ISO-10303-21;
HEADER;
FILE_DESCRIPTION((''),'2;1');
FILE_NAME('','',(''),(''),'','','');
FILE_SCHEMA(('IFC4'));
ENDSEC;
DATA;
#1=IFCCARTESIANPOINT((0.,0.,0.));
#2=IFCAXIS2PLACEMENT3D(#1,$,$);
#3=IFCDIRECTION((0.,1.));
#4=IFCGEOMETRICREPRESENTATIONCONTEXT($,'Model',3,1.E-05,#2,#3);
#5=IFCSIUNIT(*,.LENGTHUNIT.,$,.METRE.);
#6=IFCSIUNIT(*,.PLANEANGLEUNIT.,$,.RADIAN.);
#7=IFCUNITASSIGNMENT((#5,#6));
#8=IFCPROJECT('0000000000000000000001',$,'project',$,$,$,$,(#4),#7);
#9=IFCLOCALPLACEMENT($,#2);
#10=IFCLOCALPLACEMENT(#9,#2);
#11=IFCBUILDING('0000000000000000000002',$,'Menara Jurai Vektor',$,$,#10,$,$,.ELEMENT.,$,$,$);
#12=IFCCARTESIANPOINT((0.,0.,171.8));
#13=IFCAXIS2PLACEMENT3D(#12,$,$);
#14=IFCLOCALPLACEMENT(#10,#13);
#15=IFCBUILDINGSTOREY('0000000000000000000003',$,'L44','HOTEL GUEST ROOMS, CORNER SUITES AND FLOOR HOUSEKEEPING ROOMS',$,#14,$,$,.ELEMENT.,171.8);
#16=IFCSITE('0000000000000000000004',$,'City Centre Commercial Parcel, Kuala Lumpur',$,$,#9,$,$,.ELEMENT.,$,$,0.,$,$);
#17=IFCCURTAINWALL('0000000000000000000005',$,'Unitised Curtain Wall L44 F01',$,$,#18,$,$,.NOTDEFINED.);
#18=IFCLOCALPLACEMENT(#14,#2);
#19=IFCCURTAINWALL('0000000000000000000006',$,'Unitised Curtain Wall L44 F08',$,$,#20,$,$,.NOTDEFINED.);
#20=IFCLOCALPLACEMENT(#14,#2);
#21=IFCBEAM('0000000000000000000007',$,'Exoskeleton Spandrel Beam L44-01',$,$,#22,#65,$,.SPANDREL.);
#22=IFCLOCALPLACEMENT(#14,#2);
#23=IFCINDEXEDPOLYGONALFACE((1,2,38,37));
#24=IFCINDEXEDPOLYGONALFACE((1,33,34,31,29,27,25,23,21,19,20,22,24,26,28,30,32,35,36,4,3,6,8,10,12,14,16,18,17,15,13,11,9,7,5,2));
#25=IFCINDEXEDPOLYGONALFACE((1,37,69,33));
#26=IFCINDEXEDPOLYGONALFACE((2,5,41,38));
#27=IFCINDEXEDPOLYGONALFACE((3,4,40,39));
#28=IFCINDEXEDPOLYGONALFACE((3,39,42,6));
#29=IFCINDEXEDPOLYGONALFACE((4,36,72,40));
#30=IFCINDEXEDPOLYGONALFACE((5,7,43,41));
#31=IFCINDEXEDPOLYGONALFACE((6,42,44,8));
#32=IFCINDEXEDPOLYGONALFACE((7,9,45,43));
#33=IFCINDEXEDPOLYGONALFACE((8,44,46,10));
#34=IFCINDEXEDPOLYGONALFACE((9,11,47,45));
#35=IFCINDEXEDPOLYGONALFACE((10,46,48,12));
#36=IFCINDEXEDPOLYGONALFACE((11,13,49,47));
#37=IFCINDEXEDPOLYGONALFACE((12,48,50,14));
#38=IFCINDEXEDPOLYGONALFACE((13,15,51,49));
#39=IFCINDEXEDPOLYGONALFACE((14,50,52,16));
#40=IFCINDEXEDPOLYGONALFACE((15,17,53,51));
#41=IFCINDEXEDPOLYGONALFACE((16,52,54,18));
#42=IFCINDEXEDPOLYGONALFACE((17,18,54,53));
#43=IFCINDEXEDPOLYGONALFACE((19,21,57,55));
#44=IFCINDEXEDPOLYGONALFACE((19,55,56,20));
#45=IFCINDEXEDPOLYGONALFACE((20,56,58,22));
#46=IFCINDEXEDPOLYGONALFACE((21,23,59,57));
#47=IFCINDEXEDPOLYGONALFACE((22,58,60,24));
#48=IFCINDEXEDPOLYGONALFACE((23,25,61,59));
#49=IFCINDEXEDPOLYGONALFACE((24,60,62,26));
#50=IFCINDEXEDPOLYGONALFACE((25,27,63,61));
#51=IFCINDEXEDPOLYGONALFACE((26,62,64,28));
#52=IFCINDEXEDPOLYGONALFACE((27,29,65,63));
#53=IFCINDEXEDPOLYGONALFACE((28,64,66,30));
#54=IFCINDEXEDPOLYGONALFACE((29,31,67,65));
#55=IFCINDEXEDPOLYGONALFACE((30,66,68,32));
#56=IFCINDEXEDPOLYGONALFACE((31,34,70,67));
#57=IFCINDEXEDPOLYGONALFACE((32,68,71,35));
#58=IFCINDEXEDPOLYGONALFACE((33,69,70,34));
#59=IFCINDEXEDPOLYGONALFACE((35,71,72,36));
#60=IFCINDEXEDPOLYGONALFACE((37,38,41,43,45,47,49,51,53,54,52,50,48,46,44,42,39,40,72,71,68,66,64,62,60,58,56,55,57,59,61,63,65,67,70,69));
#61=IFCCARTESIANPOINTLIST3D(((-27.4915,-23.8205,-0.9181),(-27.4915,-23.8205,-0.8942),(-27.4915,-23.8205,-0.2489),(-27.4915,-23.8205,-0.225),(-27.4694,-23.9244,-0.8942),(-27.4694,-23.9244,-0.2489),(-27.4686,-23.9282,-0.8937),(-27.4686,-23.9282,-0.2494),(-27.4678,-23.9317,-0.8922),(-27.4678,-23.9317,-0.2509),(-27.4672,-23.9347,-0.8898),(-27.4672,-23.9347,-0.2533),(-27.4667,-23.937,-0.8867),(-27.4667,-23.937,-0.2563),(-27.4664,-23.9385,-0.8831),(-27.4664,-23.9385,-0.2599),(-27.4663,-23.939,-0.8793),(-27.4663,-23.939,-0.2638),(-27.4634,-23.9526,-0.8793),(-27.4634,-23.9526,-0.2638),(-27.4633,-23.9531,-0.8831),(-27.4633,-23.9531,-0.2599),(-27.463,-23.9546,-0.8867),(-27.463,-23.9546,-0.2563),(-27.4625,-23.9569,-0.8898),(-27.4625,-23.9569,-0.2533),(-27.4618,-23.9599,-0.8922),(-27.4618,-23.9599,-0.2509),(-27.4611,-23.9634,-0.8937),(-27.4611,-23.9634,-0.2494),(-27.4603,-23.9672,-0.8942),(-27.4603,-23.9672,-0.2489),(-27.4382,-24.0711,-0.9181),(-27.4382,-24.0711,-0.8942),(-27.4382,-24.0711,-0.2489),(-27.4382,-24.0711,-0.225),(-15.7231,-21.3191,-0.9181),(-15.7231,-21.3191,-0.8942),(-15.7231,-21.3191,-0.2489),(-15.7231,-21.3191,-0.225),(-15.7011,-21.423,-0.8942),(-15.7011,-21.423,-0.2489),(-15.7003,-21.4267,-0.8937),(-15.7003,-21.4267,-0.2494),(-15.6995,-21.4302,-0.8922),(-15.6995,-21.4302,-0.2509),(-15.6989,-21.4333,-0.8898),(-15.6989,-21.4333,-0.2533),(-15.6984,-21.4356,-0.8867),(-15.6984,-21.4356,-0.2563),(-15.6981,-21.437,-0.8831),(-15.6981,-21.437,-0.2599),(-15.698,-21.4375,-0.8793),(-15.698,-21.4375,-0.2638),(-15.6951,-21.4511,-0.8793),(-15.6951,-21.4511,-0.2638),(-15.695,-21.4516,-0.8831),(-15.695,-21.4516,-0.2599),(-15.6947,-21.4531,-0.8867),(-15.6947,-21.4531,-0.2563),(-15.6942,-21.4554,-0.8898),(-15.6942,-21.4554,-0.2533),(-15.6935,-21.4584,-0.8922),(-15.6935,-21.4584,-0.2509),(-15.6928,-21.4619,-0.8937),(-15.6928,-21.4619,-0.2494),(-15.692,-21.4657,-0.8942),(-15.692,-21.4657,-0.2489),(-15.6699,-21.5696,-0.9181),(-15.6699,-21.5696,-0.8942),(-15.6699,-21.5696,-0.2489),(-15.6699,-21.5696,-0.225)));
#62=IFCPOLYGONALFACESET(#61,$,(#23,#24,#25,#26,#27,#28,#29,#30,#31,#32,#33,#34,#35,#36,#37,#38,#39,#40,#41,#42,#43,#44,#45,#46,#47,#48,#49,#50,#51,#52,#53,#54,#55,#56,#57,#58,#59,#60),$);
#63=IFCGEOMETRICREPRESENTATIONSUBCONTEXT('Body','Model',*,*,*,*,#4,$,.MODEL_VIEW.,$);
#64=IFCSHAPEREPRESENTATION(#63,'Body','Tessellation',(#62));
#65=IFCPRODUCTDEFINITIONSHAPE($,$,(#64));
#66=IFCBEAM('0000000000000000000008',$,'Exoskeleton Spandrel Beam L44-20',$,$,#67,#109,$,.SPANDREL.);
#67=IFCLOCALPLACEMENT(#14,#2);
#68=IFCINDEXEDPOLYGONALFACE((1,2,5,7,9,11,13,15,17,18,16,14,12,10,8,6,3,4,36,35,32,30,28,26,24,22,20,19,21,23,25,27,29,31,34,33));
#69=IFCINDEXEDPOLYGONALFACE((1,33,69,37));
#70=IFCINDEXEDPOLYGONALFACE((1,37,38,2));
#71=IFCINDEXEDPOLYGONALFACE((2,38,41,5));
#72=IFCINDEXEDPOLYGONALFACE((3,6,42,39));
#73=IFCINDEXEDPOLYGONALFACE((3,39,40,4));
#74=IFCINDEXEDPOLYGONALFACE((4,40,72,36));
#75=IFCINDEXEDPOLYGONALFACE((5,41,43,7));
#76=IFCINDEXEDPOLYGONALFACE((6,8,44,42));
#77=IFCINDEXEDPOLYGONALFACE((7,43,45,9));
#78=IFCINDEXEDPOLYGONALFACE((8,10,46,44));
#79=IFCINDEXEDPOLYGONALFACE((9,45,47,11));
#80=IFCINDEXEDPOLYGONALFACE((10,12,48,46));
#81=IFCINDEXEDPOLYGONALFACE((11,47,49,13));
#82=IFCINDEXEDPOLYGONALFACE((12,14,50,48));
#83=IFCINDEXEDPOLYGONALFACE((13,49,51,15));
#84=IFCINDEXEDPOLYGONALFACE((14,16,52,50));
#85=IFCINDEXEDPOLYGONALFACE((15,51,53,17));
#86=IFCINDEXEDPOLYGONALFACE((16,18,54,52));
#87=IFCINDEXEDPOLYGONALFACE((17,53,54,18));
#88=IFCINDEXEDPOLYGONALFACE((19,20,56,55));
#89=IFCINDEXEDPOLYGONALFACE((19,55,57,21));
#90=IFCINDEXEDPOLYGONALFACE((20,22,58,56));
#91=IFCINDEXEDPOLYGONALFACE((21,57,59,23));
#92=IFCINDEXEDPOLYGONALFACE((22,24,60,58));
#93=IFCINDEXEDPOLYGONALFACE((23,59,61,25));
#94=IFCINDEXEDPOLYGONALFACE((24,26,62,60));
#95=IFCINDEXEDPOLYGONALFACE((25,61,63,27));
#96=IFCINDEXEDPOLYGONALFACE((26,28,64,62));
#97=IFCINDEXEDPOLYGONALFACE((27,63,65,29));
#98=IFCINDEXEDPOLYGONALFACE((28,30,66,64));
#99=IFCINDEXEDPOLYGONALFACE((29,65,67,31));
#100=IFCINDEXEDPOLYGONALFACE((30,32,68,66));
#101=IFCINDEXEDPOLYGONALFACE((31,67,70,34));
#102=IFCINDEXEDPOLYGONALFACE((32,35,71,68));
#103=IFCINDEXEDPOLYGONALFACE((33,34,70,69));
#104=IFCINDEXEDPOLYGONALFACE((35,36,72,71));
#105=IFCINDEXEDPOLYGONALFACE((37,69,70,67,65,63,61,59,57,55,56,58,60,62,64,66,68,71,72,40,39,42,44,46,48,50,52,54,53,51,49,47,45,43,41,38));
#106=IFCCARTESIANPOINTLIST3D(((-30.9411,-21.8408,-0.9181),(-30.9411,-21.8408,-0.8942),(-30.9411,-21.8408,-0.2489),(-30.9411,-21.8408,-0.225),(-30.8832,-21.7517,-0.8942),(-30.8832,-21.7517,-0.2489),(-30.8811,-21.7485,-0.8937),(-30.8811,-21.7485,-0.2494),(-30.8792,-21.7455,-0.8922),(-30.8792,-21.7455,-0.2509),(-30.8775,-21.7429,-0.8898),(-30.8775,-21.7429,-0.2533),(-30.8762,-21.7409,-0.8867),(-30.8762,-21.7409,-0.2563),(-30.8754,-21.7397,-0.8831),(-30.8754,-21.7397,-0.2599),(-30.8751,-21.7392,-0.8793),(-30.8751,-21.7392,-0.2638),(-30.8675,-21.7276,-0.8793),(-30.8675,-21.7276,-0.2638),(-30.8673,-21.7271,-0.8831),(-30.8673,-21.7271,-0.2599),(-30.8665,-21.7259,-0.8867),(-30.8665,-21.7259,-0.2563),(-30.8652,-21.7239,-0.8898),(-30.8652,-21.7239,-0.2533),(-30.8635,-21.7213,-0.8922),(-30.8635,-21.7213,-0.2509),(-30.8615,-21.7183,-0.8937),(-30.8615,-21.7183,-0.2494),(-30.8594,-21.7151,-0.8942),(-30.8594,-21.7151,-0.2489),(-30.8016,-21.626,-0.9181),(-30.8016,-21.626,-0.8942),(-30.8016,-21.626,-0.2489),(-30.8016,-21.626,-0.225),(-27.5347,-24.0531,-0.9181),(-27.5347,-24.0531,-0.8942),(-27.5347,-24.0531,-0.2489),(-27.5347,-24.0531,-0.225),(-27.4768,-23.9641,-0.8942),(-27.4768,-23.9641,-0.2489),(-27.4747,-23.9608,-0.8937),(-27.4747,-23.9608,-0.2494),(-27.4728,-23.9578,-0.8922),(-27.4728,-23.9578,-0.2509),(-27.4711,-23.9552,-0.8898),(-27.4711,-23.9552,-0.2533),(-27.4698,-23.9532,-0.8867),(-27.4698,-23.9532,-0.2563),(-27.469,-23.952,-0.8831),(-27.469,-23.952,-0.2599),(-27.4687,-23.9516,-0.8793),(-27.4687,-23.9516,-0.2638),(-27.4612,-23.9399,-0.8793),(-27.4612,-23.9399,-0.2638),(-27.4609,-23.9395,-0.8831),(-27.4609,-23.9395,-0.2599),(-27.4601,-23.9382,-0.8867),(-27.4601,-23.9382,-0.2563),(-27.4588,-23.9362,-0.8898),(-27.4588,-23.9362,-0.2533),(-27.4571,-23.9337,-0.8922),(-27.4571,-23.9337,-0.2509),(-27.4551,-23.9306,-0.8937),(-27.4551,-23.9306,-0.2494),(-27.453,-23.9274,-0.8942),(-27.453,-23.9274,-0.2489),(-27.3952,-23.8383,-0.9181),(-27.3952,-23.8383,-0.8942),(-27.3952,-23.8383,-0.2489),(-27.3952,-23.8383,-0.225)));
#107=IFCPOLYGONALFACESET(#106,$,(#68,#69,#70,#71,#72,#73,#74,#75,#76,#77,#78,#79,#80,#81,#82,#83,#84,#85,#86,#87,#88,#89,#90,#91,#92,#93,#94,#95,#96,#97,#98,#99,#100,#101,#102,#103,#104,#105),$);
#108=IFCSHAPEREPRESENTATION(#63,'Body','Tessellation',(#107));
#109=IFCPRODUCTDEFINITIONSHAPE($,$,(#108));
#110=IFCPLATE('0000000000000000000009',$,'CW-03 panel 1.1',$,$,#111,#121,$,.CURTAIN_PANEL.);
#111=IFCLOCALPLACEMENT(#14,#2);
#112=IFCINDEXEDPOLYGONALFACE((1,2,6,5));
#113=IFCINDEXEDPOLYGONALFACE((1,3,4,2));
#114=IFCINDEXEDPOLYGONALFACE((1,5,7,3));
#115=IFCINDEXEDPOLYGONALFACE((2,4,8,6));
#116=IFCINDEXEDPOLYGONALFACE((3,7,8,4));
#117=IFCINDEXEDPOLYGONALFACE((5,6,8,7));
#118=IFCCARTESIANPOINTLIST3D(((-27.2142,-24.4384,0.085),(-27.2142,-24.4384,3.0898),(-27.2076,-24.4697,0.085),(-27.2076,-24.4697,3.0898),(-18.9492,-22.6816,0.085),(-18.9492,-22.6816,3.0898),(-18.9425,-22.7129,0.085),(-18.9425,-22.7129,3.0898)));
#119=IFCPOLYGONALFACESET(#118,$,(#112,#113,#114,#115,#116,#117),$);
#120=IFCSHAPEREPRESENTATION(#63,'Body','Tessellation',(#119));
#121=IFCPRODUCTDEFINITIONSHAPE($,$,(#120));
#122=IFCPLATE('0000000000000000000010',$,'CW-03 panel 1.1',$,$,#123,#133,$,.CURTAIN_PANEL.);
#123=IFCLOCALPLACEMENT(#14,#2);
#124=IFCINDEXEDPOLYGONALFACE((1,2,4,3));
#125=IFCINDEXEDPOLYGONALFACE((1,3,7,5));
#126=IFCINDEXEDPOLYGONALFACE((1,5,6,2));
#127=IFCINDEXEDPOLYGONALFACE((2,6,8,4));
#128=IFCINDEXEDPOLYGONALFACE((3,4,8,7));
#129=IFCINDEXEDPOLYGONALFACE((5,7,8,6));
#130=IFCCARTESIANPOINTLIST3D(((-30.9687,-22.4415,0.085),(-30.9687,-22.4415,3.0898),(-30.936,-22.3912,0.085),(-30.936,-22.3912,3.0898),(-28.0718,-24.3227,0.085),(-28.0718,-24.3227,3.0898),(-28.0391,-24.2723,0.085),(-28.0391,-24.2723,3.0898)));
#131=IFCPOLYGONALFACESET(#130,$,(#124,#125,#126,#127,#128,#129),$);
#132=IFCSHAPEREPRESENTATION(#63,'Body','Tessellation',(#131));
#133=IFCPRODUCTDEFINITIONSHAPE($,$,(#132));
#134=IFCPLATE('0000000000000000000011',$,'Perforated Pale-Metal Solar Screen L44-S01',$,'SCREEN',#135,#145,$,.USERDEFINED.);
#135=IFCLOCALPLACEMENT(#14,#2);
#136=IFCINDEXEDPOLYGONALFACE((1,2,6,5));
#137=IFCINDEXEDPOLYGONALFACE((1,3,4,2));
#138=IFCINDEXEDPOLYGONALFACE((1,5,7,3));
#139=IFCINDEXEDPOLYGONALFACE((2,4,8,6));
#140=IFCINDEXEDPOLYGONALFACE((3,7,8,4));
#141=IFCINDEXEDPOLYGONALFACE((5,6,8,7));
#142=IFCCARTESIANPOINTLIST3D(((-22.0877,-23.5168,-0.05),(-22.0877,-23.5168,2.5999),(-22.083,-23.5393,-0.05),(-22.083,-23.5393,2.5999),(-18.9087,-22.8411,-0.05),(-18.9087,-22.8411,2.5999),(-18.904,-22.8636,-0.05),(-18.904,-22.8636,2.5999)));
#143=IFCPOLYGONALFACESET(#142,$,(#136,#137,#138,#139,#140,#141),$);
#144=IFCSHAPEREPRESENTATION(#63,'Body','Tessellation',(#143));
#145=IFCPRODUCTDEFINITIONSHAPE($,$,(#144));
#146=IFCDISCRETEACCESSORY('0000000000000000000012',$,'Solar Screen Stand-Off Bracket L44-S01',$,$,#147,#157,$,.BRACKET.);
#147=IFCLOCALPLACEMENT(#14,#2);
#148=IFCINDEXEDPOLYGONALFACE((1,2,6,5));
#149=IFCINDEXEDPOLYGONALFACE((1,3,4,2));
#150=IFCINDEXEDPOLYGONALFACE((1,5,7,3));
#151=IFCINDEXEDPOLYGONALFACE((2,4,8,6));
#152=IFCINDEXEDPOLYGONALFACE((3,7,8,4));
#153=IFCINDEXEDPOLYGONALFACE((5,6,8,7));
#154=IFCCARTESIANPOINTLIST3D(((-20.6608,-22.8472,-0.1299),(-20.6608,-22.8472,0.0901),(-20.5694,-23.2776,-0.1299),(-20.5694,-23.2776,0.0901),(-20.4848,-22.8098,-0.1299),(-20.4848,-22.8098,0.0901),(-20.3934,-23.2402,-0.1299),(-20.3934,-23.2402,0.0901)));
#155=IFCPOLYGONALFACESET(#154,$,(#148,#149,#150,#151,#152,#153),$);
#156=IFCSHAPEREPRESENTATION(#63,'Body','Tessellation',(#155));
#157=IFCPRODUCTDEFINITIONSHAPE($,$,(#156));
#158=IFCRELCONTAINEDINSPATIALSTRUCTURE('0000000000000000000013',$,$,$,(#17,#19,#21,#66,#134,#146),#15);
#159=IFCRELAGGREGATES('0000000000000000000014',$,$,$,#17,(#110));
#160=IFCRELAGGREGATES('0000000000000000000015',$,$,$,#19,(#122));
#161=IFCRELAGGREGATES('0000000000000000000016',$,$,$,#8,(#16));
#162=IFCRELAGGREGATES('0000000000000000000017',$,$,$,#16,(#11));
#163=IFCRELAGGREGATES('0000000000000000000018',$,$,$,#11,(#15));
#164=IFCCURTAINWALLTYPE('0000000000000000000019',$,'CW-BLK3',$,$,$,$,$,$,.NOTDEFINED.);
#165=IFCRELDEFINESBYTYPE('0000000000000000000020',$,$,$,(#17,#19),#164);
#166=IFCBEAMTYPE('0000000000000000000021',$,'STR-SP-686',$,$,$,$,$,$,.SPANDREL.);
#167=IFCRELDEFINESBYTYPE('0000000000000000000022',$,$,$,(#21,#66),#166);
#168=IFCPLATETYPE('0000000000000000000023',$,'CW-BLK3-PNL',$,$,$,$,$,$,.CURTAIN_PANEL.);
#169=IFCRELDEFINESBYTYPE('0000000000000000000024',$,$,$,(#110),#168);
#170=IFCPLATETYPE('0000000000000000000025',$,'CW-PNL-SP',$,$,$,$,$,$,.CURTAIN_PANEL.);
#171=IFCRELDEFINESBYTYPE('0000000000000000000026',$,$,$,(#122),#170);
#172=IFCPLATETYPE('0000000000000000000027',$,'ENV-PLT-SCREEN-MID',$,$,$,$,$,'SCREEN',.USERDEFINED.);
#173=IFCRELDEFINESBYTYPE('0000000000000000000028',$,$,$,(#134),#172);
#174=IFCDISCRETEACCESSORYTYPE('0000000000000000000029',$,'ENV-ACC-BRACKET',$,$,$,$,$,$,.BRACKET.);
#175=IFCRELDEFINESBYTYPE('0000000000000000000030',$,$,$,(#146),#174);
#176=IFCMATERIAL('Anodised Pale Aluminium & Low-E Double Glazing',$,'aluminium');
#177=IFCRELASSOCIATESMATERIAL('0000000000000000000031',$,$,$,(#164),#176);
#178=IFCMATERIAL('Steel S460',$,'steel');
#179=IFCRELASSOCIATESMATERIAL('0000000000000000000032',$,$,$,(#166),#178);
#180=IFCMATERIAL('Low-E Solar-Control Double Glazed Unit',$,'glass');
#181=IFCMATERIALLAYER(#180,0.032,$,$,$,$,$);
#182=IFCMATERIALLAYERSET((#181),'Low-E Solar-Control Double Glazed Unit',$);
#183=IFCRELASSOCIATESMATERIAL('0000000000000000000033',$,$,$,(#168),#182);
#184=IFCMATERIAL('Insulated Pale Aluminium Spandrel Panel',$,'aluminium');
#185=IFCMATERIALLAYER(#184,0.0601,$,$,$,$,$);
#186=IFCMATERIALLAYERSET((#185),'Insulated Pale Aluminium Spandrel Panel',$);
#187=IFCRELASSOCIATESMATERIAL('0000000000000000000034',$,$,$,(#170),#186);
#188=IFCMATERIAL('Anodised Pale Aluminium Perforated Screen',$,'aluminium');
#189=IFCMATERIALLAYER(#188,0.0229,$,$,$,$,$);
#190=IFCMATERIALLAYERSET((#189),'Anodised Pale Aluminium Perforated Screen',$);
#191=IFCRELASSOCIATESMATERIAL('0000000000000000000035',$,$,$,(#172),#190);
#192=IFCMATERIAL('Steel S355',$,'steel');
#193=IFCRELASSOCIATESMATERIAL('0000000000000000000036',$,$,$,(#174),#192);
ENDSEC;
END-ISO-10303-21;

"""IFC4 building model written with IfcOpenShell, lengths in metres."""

from ifc_helpers import new_model, si_unit, direction, frame, origin, origin_2d, place, context, subcontext, project, spatial, rectangle, i_section, extrude, material, layer, layer_set, material_profile, profile_set, type_object, element, aggregate, save


model = new_model("IFC4")

# Units and contexts
model_context = context("Model", 3, precision=1e-05, world=origin(), true_north=direction((0.0, 1.0)))
body_context = subcontext(model_context, "Body", "Model", "MODEL_VIEW")
ifc_project = project(units=[si_unit("LENGTHUNIT", "METRE"), si_unit("PLANEANGLEUNIT", "RADIAN")], contexts=[model_context])

# Site, building, storey
site_placement = place(None, origin())
site = spatial("IfcSite", under=ifc_project, at=site_placement, Name="City Centre Commercial Parcel, Kuala Lumpur", CompositionType="ELEMENT", RefElevation=0.0)
building_placement = place(site_placement, origin())
building = spatial("IfcBuilding", under=site, at=building_placement, Name="Menara Jurai Vektor", CompositionType="ELEMENT")
storey_placement = place(building_placement, frame((0.0, 0.0, 171.8)))
storey = spatial("IfcBuildingStorey", under=building, at=storey_placement, Name="L44", Description="HOTEL GUEST ROOMS, CORNER SUITES AND FLOOR HOUSEKEEPING ROOMS", CompositionType="ELEMENT", Elevation=171.8)

# Shared definitions
ifc_material_1 = material(Name="Steel S460", Category="steel")

# Curtain wall
ifc_material_2 = material(Name="Anodised Pale Aluminium & Low-E Double Glazing", Category="aluminium")
curtain_wall_type = type_object("IfcCurtainWallType", Name="CW-BLK3", PredefinedType="NOTDEFINED", material=ifc_material_2)
curtain_wall_1_placement = place(storey_placement, origin())
curtain_wall_1 = element("IfcCurtainWall", 1, at=curtain_wall_1_placement, inside=storey, type_object=curtain_wall_type, Name="Unitised Curtain Wall L44 F01", PredefinedType="NOTDEFINED")

# Curtain wall
curtain_wall_2_placement = place(storey_placement, origin())
curtain_wall_2 = element("IfcCurtainWall", 2, at=curtain_wall_2_placement, inside=storey, type_object=curtain_wall_type, Name="Unitised Curtain Wall L44 F08", PredefinedType="NOTDEFINED")

# Shared definitions
ifc_material_3 = material(Name="Steel S355", Category="steel")

# Beams
ifc_material_profile_1 = material_profile(ifc_material_1, i_section(OverallWidth=0.2561, OverallDepth=0.6931, WebThickness=0.0139, FlangeThickness=0.0239, FilletRadius=0.0149, at=origin_2d()), Name="UKB 686x254x170")
ifc_profile_set_1 = profile_set([ifc_material_profile_1], Name="Steel S460")
beam_type_1 = type_object("IfcBeamType", Name="STR-SP-686", PredefinedType="SPANDREL", material=ifc_profile_set_1)
beam_1_placement = place(storey_placement, frame((-27.4648, -23.9458, -0.5715), z_axis=(0.978147, 0.207914, 0.0), x_axis=(-0.207914, 0.978147, 0.0)))
element("IfcBeam", 3, at=beam_1_placement, inside=storey, type_object=beam_type_1, Name="Exoskeleton Spandrel Beam L44-01", PredefinedType="SPANDREL", context=body_context, shape_type="SweptSolid", body=[
    extrude(i_section(OverallWidth=0.2561, OverallDepth=0.6931, WebThickness=0.0139, FlangeThickness=0.0239, FilletRadius=0.0149, at=origin_2d()), origin(), (0.0, 0.0, 1.0), 12.0312),
])
beam_2_placement = place(storey_placement, frame((-30.8713, -21.7334, -0.5715), z_axis=(0.838648, -0.544674, 0.0), x_axis=(0.544674, 0.838648, 0.0)))
element("IfcBeam", 4, at=beam_2_placement, inside=storey, type_object=beam_type_1, Name="Exoskeleton Spandrel Beam L44-20", PredefinedType="SPANDREL", context=body_context, shape_type="SweptSolid", body=[
    extrude(i_section(OverallWidth=0.2561, OverallDepth=0.6931, WebThickness=0.0139, FlangeThickness=0.0239, FilletRadius=0.0149, at=origin_2d()), origin(), (0.0, 0.0, 1.0), 4.0618),
])

# Plates
ifc_material_4 = material(Name="Low-E Solar-Control Double Glazed Unit", Category="glass")
ifc_layer_1 = layer(ifc_material_4, 0.032)
ifc_layer_set_1 = layer_set([ifc_layer_1], Name="Low-E Solar-Control Double Glazed Unit")
plate_type_1 = type_object("IfcPlateType", Name="CW-BLK3-PNL", PredefinedType="CURTAIN_PANEL", material=ifc_layer_set_1)
plate_1_placement = place(storey_placement, frame((-23.0784, -23.5757, 0.085), z_axis=(0.0, 0.0, 1.0), x_axis=(0.978148, 0.207911, 0.0)))
plate_1 = element("IfcPlate", 5, at=plate_1_placement, type_object=plate_type_1, Name="CW-03 panel 1.1", PredefinedType="CURTAIN_PANEL", context=body_context, shape_type="SweptSolid", body=[
    extrude(rectangle(XDim=8.4497, YDim=0.032, at=origin_2d()), origin(), (0.0, 0.0, 1.0), 3.0049),
])
aggregate(curtain_wall_1, [plate_1])
ifc_material_5 = material(Name="Insulated Pale Aluminium Spandrel Panel", Category="aluminium")
ifc_layer_2 = layer(ifc_material_5, 0.0601)
ifc_layer_set_2 = layer_set([ifc_layer_2], Name="Insulated Pale Aluminium Spandrel Panel")
plate_type_2 = type_object("IfcPlateType", Name="CW-PNL-SP", PredefinedType="CURTAIN_PANEL", material=ifc_layer_set_2)
plate_2_placement = place(storey_placement, frame((-29.5039, -23.3569, 0.085), z_axis=(0.0, 0.0, 1.0), x_axis=(0.838684, -0.544618, 0.0)))
plate_2 = element("IfcPlate", 6, at=plate_2_placement, type_object=plate_type_2, Name="CW-03 panel 1.1", PredefinedType="CURTAIN_PANEL", context=body_context, shape_type="SweptSolid", body=[
    extrude(rectangle(XDim=3.4541, YDim=0.0601, at=origin_2d()), origin(), (0.0, 0.0, 1.0), 3.0049),
])
aggregate(curtain_wall_2, [plate_2])
ifc_material_6 = material(Name="Anodised Pale Aluminium Perforated Screen", Category="aluminium")
ifc_layer_3 = layer(ifc_material_6, 0.0229)
ifc_layer_set_3 = layer_set([ifc_layer_3], Name="Anodised Pale Aluminium Perforated Screen")
plate_type_3 = type_object("IfcPlateType", Name="ENV-PLT-SCREEN-MID", ElementType="SCREEN", PredefinedType="USERDEFINED", material=ifc_layer_set_3)
plate_3_placement = place(storey_placement, frame((-20.4958, -23.1902, -0.05), z_axis=(0.0, 0.0, 1.0), x_axis=(0.978148, 0.207912, 0.0)))
element("IfcPlate", 7, at=plate_3_placement, inside=storey, type_object=plate_type_3, Name="Perforated Pale-Metal Solar Screen L44-S01", ObjectType="SCREEN", PredefinedType="USERDEFINED", context=body_context, shape_type="SweptSolid", body=[
    extrude(rectangle(XDim=3.25, YDim=0.0229, at=origin_2d()), origin(), (0.0, 0.0, 1.0), 2.6499),
])

# Discrete accessory
discrete_accessory_type = type_object("IfcDiscreteAccessoryType", Name="ENV-ACC-BRACKET", PredefinedType="BRACKET", material=ifc_material_3)
discrete_accessory_placement = place(storey_placement, frame((-20.5271, -23.0437, -0.1299), z_axis=(0.0, 0.0, 1.0), x_axis=(0.978148, 0.207912, 0.0)))
element("IfcDiscreteAccessory", 8, at=discrete_accessory_placement, inside=storey, type_object=discrete_accessory_type, Name="Solar Screen Stand-Off Bracket L44-S01", PredefinedType="BRACKET", context=body_context, shape_type="SweptSolid", body=[
    extrude(rectangle(XDim=0.1799, YDim=0.4399, at=origin_2d()), origin(), (0.0, 0.0, 1.0), 0.22),
])

save(model, "model.ifc")
